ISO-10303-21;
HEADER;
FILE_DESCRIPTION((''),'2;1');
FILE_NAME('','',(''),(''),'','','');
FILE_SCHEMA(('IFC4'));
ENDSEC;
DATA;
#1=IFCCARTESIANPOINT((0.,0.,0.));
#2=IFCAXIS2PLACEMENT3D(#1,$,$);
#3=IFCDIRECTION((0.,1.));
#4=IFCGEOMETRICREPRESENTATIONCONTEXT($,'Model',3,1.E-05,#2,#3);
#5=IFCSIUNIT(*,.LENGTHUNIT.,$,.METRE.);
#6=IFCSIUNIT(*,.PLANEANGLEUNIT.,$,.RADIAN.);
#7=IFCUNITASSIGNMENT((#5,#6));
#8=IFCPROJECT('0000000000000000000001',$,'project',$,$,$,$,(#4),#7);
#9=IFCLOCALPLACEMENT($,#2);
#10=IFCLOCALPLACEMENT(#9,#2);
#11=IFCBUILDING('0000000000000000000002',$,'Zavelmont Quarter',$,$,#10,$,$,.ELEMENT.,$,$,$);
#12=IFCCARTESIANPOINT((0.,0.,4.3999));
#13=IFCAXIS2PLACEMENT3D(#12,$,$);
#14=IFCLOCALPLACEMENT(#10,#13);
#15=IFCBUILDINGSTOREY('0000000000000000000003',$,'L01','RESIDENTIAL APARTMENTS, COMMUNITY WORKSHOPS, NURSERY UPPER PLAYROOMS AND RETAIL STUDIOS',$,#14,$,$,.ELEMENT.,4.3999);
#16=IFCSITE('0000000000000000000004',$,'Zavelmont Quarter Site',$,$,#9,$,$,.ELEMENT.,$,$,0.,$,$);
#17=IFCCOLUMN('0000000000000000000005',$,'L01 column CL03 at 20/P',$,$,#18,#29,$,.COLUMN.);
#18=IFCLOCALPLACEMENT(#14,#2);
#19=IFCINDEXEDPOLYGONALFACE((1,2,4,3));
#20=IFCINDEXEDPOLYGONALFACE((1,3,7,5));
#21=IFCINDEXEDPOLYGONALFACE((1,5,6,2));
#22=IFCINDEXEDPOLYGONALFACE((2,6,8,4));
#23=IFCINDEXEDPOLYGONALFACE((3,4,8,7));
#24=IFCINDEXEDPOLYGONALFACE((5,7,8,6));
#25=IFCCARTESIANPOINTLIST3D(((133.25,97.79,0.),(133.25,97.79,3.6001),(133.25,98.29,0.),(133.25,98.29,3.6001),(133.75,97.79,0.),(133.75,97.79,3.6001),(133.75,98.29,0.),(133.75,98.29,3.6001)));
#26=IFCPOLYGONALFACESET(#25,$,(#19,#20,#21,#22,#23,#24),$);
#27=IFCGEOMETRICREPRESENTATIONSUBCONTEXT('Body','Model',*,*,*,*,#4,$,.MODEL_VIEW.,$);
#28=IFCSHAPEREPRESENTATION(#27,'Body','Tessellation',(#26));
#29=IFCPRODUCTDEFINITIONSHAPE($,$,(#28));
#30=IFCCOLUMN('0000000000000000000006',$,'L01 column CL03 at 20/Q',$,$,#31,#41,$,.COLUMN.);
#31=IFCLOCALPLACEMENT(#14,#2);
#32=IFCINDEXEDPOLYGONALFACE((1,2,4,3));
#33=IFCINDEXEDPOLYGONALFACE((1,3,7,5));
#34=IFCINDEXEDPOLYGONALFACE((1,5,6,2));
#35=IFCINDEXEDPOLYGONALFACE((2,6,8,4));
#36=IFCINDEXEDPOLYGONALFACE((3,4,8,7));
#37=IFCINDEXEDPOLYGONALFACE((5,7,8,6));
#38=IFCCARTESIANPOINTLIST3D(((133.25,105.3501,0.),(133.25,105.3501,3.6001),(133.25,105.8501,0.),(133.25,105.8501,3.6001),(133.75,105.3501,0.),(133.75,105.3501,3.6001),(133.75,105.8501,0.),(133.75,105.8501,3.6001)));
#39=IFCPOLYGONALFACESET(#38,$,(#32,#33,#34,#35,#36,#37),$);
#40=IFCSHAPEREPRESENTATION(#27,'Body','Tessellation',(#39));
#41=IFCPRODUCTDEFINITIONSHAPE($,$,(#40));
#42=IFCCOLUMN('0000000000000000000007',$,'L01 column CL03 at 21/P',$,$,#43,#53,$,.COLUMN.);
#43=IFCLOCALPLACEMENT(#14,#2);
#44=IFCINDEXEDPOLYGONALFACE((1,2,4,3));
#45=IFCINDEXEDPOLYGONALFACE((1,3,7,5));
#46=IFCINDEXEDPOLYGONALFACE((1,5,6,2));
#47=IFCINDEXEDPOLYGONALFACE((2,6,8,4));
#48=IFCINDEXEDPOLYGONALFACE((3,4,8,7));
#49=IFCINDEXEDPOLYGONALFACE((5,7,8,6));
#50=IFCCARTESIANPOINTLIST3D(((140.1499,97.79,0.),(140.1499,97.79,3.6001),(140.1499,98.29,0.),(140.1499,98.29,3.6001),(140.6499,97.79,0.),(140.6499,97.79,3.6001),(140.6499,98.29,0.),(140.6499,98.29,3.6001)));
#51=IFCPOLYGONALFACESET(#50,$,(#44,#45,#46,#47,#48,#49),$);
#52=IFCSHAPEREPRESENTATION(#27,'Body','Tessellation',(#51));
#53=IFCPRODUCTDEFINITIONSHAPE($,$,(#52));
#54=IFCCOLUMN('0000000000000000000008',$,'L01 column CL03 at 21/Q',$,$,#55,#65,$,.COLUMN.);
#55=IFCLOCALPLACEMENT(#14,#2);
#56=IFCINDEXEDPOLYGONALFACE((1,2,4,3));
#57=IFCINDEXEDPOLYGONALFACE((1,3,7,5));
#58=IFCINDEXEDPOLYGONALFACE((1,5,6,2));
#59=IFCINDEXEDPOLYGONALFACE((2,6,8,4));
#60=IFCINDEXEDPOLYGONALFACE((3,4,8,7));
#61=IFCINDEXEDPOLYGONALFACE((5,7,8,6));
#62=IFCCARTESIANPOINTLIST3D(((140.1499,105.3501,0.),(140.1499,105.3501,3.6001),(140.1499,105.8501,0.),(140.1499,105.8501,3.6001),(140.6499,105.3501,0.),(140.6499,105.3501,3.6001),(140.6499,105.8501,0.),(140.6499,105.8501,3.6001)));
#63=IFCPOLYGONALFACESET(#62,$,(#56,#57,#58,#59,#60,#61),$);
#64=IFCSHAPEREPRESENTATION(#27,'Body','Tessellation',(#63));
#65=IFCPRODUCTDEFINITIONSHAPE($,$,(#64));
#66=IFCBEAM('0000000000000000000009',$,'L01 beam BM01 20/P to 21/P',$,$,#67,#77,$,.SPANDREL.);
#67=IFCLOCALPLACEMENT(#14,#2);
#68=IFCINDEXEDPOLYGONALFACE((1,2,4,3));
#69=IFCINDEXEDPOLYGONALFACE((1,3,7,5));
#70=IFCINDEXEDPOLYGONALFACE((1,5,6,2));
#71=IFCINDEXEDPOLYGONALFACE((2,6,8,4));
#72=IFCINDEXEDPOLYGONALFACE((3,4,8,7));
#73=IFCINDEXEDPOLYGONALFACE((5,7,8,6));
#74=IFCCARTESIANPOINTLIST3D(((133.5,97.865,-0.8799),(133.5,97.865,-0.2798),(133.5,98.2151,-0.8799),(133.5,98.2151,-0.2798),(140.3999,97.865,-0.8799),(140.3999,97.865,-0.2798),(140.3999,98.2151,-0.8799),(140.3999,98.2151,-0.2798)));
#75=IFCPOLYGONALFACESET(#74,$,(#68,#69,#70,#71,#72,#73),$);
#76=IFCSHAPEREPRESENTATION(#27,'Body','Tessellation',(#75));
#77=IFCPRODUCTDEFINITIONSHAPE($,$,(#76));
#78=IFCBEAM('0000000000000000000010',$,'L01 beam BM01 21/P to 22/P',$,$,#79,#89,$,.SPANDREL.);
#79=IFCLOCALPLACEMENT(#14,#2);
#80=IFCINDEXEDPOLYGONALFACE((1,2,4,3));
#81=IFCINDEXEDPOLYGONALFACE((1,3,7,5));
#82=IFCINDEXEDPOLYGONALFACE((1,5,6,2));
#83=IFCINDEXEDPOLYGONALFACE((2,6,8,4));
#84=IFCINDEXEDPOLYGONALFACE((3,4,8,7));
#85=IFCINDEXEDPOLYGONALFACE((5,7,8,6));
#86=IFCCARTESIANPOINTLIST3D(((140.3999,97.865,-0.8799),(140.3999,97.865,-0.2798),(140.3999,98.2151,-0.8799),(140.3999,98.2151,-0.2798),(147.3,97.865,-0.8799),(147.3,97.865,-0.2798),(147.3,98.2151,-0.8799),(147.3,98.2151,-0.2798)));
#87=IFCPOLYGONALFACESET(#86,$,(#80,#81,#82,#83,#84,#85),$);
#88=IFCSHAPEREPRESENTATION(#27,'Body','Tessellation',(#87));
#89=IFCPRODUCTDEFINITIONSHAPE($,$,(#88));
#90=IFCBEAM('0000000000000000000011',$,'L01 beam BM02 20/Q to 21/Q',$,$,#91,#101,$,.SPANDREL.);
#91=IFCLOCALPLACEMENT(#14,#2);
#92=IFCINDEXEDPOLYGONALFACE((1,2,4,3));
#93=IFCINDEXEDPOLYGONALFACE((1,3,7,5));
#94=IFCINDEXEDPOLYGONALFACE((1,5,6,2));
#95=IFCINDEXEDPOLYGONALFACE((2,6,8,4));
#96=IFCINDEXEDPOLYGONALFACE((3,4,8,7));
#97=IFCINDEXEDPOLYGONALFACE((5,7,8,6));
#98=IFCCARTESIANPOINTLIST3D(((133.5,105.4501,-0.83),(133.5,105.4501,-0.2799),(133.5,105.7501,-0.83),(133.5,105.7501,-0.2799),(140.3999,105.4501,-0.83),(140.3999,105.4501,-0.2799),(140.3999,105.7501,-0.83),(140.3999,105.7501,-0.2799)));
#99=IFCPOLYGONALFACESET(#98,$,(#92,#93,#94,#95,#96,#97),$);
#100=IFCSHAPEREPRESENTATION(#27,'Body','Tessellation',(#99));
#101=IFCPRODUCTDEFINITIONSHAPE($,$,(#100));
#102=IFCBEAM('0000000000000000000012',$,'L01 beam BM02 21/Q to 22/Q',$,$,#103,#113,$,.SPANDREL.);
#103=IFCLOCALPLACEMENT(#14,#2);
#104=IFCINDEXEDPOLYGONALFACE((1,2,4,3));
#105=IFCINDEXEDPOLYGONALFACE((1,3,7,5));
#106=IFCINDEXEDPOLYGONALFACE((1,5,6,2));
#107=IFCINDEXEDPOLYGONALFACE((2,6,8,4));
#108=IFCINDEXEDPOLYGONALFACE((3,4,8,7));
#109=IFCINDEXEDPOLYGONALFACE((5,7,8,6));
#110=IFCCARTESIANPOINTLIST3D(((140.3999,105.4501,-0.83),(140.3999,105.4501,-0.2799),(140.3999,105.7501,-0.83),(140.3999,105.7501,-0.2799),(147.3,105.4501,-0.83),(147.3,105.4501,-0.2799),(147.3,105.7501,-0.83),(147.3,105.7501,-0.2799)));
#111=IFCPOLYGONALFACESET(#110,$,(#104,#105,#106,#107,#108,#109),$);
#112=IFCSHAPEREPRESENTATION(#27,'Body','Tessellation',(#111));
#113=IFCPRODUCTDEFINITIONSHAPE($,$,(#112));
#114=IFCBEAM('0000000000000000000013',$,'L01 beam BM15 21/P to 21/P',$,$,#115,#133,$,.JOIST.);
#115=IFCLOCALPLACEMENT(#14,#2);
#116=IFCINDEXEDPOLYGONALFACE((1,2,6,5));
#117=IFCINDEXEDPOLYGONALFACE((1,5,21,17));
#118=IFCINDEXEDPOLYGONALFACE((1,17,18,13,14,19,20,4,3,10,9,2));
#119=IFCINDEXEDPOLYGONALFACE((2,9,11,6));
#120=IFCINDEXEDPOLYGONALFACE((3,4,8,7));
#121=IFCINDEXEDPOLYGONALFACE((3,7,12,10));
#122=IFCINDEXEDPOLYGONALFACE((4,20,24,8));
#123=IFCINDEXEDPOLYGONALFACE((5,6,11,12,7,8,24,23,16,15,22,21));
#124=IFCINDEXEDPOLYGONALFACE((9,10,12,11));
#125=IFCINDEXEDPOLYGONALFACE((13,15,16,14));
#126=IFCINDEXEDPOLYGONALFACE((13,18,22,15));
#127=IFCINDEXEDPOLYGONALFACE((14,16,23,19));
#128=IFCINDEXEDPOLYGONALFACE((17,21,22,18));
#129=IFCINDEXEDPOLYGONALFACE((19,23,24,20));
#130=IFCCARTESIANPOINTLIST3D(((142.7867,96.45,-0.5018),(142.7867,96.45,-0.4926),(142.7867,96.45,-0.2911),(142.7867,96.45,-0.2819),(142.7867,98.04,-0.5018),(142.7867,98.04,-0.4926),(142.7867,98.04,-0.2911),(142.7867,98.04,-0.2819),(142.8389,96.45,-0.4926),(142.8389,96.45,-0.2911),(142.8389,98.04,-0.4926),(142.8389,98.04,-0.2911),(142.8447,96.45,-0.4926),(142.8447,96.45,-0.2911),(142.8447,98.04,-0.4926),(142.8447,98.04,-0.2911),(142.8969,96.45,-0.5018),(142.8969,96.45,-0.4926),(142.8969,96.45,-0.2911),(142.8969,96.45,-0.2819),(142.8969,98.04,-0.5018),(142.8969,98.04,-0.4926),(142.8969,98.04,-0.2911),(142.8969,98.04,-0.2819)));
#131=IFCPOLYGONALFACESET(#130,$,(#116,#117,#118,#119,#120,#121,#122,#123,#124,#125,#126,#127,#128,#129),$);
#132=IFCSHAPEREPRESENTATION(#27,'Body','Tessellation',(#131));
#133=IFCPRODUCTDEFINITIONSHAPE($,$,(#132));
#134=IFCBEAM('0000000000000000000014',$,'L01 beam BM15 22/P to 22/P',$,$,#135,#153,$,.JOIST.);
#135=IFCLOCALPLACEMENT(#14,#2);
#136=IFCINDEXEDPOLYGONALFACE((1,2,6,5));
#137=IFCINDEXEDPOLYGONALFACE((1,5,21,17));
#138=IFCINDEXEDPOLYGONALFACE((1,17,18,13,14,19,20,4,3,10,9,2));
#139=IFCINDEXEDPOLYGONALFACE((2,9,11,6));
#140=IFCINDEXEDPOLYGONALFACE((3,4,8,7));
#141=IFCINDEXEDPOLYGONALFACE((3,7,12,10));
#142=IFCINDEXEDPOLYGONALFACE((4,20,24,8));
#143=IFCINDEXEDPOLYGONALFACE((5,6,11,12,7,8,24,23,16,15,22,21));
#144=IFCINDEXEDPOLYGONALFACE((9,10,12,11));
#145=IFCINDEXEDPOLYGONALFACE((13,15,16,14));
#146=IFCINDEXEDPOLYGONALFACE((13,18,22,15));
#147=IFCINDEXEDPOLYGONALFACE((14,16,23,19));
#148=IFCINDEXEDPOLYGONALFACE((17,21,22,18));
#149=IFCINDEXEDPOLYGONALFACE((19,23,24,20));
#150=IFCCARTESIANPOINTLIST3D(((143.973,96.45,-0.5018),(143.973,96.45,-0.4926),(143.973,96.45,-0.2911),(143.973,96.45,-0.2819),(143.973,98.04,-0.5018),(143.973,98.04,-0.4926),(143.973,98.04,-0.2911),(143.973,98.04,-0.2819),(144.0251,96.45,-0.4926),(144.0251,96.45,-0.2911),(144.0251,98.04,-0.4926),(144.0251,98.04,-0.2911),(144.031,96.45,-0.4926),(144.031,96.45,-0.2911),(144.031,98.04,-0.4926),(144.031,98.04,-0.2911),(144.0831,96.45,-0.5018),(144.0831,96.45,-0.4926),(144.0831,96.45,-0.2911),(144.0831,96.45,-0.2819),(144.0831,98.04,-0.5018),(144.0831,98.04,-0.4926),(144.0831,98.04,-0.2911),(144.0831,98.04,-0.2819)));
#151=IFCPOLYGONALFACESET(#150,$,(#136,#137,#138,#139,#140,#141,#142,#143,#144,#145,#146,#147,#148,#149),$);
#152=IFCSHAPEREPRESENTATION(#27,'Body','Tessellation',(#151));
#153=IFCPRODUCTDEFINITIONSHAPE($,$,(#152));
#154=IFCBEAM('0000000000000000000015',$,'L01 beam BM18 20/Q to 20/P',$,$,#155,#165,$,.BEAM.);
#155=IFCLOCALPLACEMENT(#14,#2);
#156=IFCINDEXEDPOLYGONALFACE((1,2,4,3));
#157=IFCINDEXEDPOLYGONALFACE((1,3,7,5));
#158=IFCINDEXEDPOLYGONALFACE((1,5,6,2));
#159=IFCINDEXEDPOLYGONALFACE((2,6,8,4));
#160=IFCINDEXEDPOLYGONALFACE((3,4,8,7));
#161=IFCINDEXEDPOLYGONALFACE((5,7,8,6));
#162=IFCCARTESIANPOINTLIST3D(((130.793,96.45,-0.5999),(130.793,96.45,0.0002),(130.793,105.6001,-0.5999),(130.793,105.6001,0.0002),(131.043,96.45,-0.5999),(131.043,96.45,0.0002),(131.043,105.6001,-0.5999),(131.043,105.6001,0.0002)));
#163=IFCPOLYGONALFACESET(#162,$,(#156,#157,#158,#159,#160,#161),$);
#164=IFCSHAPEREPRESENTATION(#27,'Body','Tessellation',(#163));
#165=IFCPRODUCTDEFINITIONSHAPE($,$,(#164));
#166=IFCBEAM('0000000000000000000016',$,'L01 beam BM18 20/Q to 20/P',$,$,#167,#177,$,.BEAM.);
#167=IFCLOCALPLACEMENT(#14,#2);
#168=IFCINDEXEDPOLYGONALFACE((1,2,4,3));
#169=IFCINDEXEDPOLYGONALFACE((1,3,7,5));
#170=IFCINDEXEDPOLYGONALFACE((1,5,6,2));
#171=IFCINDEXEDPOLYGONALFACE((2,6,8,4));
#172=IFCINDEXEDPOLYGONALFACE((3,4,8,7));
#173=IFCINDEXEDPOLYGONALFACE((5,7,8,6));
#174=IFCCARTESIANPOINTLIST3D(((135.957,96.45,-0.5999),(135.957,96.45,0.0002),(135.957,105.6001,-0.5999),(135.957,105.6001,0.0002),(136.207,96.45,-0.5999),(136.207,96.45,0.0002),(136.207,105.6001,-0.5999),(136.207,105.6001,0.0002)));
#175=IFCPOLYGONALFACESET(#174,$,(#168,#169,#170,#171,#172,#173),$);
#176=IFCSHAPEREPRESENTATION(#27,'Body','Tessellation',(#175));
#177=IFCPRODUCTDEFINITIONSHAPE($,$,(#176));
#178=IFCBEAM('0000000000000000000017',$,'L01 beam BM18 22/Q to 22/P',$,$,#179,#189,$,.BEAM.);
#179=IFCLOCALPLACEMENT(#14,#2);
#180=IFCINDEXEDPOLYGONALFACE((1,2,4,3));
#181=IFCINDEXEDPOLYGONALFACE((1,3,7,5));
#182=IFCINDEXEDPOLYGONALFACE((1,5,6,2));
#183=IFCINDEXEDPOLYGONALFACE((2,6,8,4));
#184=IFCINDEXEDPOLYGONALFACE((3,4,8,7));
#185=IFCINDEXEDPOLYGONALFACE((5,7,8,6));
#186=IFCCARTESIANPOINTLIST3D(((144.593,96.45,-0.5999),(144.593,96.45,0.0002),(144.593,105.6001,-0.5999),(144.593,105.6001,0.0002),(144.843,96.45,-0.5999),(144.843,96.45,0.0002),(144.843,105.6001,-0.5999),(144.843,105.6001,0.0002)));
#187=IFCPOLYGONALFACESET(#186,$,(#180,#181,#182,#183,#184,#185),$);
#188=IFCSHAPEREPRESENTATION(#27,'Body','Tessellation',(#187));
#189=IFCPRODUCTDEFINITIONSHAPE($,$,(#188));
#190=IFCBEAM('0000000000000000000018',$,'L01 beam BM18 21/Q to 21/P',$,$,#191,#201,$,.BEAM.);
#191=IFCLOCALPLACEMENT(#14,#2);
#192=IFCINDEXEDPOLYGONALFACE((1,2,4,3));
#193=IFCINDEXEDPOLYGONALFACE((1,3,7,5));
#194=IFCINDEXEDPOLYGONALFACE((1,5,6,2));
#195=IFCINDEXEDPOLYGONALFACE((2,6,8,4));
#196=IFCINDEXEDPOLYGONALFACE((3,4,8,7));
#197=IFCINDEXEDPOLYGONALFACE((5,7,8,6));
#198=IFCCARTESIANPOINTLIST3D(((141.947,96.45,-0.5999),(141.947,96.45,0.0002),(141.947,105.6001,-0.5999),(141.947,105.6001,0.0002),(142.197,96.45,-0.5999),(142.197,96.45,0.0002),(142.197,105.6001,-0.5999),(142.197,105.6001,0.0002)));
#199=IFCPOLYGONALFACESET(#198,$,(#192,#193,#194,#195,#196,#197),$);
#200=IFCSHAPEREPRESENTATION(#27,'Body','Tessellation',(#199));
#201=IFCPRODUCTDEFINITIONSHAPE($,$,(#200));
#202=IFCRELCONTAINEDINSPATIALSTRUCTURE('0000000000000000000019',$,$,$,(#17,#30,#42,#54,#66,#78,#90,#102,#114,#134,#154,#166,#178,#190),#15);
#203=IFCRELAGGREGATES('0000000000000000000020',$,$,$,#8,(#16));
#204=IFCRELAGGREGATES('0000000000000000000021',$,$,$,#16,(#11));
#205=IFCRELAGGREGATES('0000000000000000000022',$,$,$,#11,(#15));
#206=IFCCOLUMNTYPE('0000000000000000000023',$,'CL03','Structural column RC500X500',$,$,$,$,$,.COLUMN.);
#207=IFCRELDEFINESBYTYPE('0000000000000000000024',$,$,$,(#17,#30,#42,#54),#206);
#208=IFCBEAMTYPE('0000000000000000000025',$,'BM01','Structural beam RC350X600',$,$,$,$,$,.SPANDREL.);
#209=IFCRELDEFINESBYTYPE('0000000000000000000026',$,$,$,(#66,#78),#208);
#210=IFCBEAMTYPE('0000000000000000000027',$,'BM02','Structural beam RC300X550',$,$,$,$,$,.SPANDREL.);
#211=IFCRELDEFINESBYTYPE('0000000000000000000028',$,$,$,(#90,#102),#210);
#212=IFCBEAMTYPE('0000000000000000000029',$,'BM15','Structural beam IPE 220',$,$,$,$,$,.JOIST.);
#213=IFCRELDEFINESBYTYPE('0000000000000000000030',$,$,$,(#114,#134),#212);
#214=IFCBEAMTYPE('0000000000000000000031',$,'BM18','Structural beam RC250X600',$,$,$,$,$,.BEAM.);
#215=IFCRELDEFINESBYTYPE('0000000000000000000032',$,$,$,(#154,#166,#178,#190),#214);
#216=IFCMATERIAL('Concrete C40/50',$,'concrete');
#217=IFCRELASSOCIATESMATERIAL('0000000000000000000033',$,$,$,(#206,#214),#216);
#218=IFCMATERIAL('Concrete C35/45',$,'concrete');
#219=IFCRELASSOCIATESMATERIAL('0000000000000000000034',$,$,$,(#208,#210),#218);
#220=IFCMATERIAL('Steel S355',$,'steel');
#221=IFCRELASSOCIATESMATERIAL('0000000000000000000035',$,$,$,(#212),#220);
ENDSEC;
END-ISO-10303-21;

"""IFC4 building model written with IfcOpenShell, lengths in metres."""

from ifc_helpers import new_model, si_unit, direction, frame, origin, origin_2d, place, context, subcontext, project, spatial, rectangle, i_section, extrude, material, material_profile, profile_set, type_object, element, save


model = new_model("IFC4")

# Units and contexts
model_context = context("Model", 3, precision=1e-05, world=origin(), true_north=direction((0.0, 1.0)))
body_context = subcontext(model_context, "Body", "Model", "MODEL_VIEW")
ifc_project = project(units=[si_unit("LENGTHUNIT", "METRE"), si_unit("PLANEANGLEUNIT", "RADIAN")], contexts=[model_context])

# Site, building, storey
site_placement = place(None, origin())
site = spatial("IfcSite", under=ifc_project, at=site_placement, Name="Zavelmont Quarter Site", CompositionType="ELEMENT", RefElevation=0.0)
building_placement = place(site_placement, origin())
building = spatial("IfcBuilding", under=site, at=building_placement, Name="Zavelmont Quarter", CompositionType="ELEMENT")
storey_placement = place(building_placement, frame((0.0, 0.0, 4.3999)))
storey = spatial("IfcBuildingStorey", under=building, at=storey_placement, Name="L01", Description="RESIDENTIAL APARTMENTS, COMMUNITY WORKSHOPS, NURSERY UPPER PLAYROOMS AND RETAIL STUDIOS", CompositionType="ELEMENT", Elevation=4.3999)

# Columns
ifc_material_1 = material(Name="Concrete C40/50", Category="concrete")
ifc_material_profile_1 = material_profile(ifc_material_1, rectangle(XDim=0.5, YDim=0.5, at=origin_2d()), Name="RC500X500")
ifc_profile_set_1 = profile_set([ifc_material_profile_1], Name="Concrete C40/50")
column_type = type_object("IfcColumnType", Name="CL03", Description="Structural column RC500X500", PredefinedType="COLUMN", material=ifc_profile_set_1)
for number, where, z_axis, x_axis, name in (
    (1, (133.5, 98.04, 0.0), (0.0, 0.0, 1.0), (1.0, 0.0, 0.0), "L01 column CL03 at 20/P"),
    (2, (133.5, 105.6001, 0.0), (0.0, 0.0, 1.0), (1.0, 0.0, 0.0), "L01 column CL03 at 20/Q"),
    (3, (140.3999, 98.04, 0.0), (0.0, 0.0, 1.0), (1.0, 0.0, 0.0), "L01 column CL03 at 21/P"),
    (4, (140.3999, 105.6001, 0.0), (0.0, 0.0, 1.0), (1.0, 0.0, 0.0), "L01 column CL03 at 21/Q"),
):
    element("IfcColumn", number, at=place(storey_placement, frame(where, z_axis=z_axis, x_axis=x_axis)), inside=storey, type_object=column_type, Name=name, PredefinedType="COLUMN", context=body_context, shape_type="SweptSolid", body=[
        extrude(rectangle(XDim=0.5, YDim=0.5, at=origin_2d()), origin(), (0.0, 0.0, 1.0), 3.6001),
    ])

# Beams
ifc_material_2 = material(Name="Concrete C35/45", Category="concrete")
ifc_material_profile_2 = material_profile(ifc_material_2, rectangle(XDim=0.3501, YDim=0.6001, at=origin_2d()), Name="RC350X600")
ifc_profile_set_2 = profile_set([ifc_material_profile_2], Name="Concrete C35/45")
beam_type_1 = type_object("IfcBeamType", Name="BM01", Description="Structural beam RC350X600", PredefinedType="SPANDREL", material=ifc_profile_set_2)
beam_1_placement = place(storey_placement, frame((133.5, 98.04, -0.5798), z_axis=(1.0, 0.0, 0.0), x_axis=(0.0, 1.0, 0.0)))
element("IfcBeam", 5, at=beam_1_placement, inside=storey, type_object=beam_type_1, Name="L01 beam BM01 20/P to 21/P", PredefinedType="SPANDREL", context=body_context, shape_type="SweptSolid", body=[
    extrude(rectangle(XDim=0.3501, YDim=0.6001, at=origin_2d()), origin(), (0.0, 0.0, 1.0), 6.8999),
])
beam_2_placement = place(storey_placement, frame((140.3999, 98.04, -0.5798), z_axis=(1.0, 0.0, 0.0), x_axis=(0.0, 1.0, 0.0)))
element("IfcBeam", 6, at=beam_2_placement, inside=storey, type_object=beam_type_1, Name="L01 beam BM01 21/P to 22/P", PredefinedType="SPANDREL", context=body_context, shape_type="SweptSolid", body=[
    extrude(rectangle(XDim=0.3501, YDim=0.6001, at=origin_2d()), origin(), (0.0, 0.0, 1.0), 6.9001),
])
ifc_material_profile_3 = material_profile(ifc_material_2, rectangle(XDim=0.3, YDim=0.55, at=origin_2d()), Name="RC300X550")
ifc_profile_set_3 = profile_set([ifc_material_profile_3], Name="Concrete C35/45")
beam_type_2 = type_object("IfcBeamType", Name="BM02", Description="Structural beam RC300X550", PredefinedType="SPANDREL", material=ifc_profile_set_3)
beam_3_placement = place(storey_placement, frame((133.5, 105.6001, -0.5549), z_axis=(1.0, 0.0, 0.0), x_axis=(0.0, 1.0, 0.0)))
element("IfcBeam", 7, at=beam_3_placement, inside=storey, type_object=beam_type_2, Name="L01 beam BM02 20/Q to 21/Q", PredefinedType="SPANDREL", context=body_context, shape_type="SweptSolid", body=[
    extrude(rectangle(XDim=0.3, YDim=0.55, at=origin_2d()), origin(), (0.0, 0.0, 1.0), 6.8999),
])
beam_4_placement = place(storey_placement, frame((140.3999, 105.6001, -0.5549), z_axis=(1.0, 0.0, 0.0), x_axis=(0.0, 1.0, 0.0)))
element("IfcBeam", 8, at=beam_4_placement, inside=storey, type_object=beam_type_2, Name="L01 beam BM02 21/Q to 22/Q", PredefinedType="SPANDREL", context=body_context, shape_type="SweptSolid", body=[
    extrude(rectangle(XDim=0.3, YDim=0.55, at=origin_2d()), origin(), (0.0, 0.0, 1.0), 6.9001),
])
ifc_material_3 = material(Name="Steel S355", Category="steel")
ifc_material_profile_4 = material_profile(ifc_material_3, i_section(OverallWidth=0.1101, OverallDepth=0.22, WebThickness=0.0059, FlangeThickness=0.0093, at=origin_2d()), Name="IPE 220")
ifc_profile_set_4 = profile_set([ifc_material_profile_4], Name="Steel S355")
beam_type_3 = type_object("IfcBeamType", Name="BM15", Description="Structural beam IPE 220", PredefinedType="JOIST", material=ifc_profile_set_4)
for number, where, z_axis, x_axis, name in (
    (9, (142.8418, 98.04, -0.3918), (0.0, -1.0, 0.0), (1.0, 0.0, 0.0), "L01 beam BM15 21/P to 21/P"),
    (10, (144.0281, 98.04, -0.3918), (0.0, -1.0, 0.0), (1.0, 0.0, 0.0), "L01 beam BM15 22/P to 22/P"),
):
    element("IfcBeam", number, at=place(storey_placement, frame(where, z_axis=z_axis, x_axis=x_axis)), inside=storey, type_object=beam_type_3, Name=name, PredefinedType="JOIST", context=body_context, shape_type="SweptSolid", body=[
        extrude(i_section(OverallWidth=0.1101, OverallDepth=0.22, WebThickness=0.0059, FlangeThickness=0.0093, at=origin_2d()), origin(), (0.0, 0.0, 1.0), 1.5901),
    ])
ifc_material_profile_5 = material_profile(ifc_material_1, rectangle(XDim=0.25, YDim=0.6001, at=origin_2d()), Name="RC250X600")
ifc_profile_set_5 = profile_set([ifc_material_profile_5], Name="Concrete C40/50")
beam_type_4 = type_object("IfcBeamType", Name="BM18", Description="Structural beam RC250X600", PredefinedType="BEAM", material=ifc_profile_set_5)
for number, where, z_axis, x_axis, name in (
    (11, (130.918, 105.6001, -0.2998), (0.0, -1.0, 0.0), (1.0, 0.0, 0.0), "L01 beam BM18 20/Q to 20/P"),
    (12, (136.082, 105.6001, -0.2998), (0.0, -1.0, 0.0), (1.0, 0.0, 0.0), "L01 beam BM18 20/Q to 20/P"),
    (13, (144.718, 105.6001, -0.2998), (0.0, -1.0, 0.0), (1.0, 0.0, 0.0), "L01 beam BM18 22/Q to 22/P"),
    (14, (142.072, 105.6001, -0.2998), (0.0, -1.0, 0.0), (1.0, 0.0, 0.0), "L01 beam BM18 21/Q to 21/P"),
):
    element("IfcBeam", number, at=place(storey_placement, frame(where, z_axis=z_axis, x_axis=x_axis)), inside=storey, type_object=beam_type_4, Name=name, PredefinedType="BEAM", context=body_context, shape_type="SweptSolid", body=[
        extrude(rectangle(XDim=0.25, YDim=0.6001, at=origin_2d()), origin(), (0.0, 0.0, 1.0), 9.1501),
    ])

save(model, "model.ifc")
